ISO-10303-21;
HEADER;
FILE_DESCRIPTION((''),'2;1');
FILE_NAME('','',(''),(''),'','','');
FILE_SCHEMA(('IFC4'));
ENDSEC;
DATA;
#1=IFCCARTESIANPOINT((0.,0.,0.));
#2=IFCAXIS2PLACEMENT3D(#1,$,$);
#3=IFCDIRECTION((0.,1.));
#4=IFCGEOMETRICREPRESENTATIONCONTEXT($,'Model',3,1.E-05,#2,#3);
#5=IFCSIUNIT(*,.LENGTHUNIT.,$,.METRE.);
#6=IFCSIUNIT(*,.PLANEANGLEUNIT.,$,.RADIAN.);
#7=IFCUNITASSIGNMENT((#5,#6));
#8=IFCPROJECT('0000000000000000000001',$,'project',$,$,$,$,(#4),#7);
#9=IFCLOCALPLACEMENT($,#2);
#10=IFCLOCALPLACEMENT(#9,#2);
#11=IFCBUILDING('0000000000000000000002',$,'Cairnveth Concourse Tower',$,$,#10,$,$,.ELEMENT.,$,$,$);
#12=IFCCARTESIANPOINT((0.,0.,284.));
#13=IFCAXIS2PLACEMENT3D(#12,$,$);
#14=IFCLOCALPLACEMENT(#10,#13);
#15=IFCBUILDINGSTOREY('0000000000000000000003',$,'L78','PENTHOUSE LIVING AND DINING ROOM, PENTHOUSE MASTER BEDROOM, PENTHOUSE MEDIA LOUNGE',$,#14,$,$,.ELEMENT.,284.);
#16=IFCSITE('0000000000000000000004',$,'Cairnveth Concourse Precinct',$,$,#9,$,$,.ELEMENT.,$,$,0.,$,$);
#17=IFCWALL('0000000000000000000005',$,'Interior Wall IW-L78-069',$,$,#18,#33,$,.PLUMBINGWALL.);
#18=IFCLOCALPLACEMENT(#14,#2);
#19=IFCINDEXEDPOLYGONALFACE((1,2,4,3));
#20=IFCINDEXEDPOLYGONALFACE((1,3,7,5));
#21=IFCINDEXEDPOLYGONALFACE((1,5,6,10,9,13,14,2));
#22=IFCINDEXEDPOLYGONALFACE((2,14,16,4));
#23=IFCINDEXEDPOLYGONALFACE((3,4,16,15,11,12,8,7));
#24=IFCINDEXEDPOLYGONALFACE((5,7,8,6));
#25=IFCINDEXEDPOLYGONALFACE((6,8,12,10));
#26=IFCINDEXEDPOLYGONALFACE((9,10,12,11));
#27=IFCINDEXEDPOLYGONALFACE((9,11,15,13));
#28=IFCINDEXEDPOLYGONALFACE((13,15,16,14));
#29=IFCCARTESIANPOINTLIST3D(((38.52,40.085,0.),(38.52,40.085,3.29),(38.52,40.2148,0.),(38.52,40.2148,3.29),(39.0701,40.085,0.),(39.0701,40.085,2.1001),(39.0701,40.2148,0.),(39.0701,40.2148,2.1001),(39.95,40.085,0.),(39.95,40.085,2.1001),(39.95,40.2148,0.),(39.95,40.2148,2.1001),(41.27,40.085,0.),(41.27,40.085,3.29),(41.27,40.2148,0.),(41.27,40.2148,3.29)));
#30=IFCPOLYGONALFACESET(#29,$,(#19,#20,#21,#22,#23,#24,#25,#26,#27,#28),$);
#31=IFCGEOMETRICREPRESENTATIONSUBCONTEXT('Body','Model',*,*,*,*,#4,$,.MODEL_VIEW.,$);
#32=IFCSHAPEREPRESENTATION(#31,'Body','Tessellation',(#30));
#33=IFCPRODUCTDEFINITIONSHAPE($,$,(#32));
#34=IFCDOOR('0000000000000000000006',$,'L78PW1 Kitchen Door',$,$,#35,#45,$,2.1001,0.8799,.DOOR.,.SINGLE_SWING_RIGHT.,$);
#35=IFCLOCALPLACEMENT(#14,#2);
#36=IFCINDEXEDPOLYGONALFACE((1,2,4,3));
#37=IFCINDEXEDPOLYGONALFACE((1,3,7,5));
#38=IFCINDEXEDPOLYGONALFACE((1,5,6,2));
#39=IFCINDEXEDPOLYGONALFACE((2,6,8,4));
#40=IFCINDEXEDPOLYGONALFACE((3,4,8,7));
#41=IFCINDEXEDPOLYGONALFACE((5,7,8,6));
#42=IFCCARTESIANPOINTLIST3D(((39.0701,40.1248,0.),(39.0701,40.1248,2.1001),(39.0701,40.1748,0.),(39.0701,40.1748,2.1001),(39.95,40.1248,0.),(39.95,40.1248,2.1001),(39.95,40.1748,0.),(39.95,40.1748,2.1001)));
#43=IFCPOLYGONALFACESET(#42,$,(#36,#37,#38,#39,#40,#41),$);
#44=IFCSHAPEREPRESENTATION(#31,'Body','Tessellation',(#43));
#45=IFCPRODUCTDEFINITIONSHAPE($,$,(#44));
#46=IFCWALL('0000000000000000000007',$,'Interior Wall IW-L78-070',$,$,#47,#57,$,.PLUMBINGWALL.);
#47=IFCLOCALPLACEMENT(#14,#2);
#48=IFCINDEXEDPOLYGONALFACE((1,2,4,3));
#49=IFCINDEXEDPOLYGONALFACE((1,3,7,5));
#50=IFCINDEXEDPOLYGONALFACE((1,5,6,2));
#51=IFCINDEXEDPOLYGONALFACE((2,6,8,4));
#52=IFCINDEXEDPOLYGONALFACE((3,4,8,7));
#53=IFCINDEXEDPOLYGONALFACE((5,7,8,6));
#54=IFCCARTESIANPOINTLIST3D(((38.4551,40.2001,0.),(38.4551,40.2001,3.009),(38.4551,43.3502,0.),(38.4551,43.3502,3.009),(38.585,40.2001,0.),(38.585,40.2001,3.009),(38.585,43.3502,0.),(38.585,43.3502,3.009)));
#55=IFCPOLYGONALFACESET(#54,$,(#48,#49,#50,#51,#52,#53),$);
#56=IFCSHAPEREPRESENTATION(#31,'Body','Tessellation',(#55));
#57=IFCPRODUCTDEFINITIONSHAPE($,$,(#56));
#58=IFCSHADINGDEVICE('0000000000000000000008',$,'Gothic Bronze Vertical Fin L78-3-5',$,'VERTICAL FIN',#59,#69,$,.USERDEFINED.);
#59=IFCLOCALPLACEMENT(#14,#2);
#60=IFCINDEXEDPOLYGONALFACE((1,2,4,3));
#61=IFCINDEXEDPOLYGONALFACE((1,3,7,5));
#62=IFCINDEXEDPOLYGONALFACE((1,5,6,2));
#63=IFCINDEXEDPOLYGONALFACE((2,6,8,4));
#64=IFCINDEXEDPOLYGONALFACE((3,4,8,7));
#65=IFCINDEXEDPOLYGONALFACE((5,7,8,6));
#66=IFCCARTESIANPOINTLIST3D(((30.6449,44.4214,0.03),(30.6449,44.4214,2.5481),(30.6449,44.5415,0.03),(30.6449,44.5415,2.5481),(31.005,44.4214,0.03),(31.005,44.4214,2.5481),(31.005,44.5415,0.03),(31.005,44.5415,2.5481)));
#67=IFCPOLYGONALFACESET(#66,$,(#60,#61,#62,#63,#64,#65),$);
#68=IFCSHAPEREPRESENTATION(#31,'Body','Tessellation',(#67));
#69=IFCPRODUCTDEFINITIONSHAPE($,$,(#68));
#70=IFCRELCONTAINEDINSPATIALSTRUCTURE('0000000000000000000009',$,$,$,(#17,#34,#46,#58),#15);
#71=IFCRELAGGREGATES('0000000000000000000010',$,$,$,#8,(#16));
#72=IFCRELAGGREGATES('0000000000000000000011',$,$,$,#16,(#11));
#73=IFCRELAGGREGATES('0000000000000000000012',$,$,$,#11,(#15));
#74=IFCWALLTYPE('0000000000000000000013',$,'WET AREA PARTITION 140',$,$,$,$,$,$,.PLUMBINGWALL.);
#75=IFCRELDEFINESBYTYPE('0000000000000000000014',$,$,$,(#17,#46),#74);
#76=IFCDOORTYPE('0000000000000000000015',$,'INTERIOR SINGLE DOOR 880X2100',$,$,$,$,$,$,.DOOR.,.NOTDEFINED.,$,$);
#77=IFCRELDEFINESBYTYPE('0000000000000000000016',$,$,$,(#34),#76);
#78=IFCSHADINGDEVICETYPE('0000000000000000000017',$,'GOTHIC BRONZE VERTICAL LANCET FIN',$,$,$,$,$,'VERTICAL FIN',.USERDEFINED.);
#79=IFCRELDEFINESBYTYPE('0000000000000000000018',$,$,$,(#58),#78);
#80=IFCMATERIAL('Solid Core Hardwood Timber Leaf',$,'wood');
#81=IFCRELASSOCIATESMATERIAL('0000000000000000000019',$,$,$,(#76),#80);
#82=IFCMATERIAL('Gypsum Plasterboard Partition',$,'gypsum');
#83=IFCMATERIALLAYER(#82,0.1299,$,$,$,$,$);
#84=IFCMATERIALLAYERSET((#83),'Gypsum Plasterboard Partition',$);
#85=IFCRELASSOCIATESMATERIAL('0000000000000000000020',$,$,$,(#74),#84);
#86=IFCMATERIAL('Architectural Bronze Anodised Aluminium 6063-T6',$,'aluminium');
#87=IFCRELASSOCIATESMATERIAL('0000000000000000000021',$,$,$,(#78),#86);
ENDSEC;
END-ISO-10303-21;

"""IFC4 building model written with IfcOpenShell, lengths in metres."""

from ifc_helpers import new_model, si_unit, direction, frame, frame_2d, origin, origin_2d, place, context, subcontext, project, spatial, rectangle, extrude, material, layer, layer_set, type_object, element, fill, save


model = new_model("IFC4")

# Units and contexts
model_context = context("Model", 3, precision=1e-05, world=origin(), true_north=direction((0.0, 1.0)))
body_context = subcontext(model_context, "Body", "Model", "MODEL_VIEW")
ifc_project = project(units=[si_unit("LENGTHUNIT", "METRE"), si_unit("PLANEANGLEUNIT", "RADIAN")], contexts=[model_context])

# Site, building, storey
site_placement = place(None, origin())
site = spatial("IfcSite", under=ifc_project, at=site_placement, Name="Cairnveth Concourse Precinct", CompositionType="ELEMENT", RefElevation=0.0)
building_placement = place(site_placement, origin())
building = spatial("IfcBuilding", under=site, at=building_placement, Name="Cairnveth Concourse Tower", CompositionType="ELEMENT")
storey_placement = place(building_placement, frame((0.0, 0.0, 284.0)))
storey = spatial("IfcBuildingStorey", under=building, at=storey_placement, Name="L78", Description="PENTHOUSE LIVING AND DINING ROOM, PENTHOUSE MASTER BEDROOM, PENTHOUSE MEDIA LOUNGE", CompositionType="ELEMENT", Elevation=284.0)

# Shared definitions
ifc_material_1 = material(Name="Gypsum Plasterboard Partition", Category="gypsum")
ifc_material_2 = material(Name="Solid Core Hardwood Timber Leaf", Category="wood")
door_type_1 = type_object("IfcDoorType", Name="INTERIOR SINGLE DOOR 880X2100", OperationType="NOTDEFINED", PredefinedType="DOOR", material=ifc_material_2)
ifc_layer_1 = layer(ifc_material_1, 0.1299)
ifc_layer_set_1 = layer_set([ifc_layer_1], Name="Gypsum Plasterboard Partition")
wall_type_1 = type_object("IfcWallType", Name="WET AREA PARTITION 140", PredefinedType="PLUMBINGWALL", material=ifc_layer_set_1)

# Wall, opening, door
wall_1_placement = place(storey_placement, frame((38.52, 40.1499, 0.0), z_axis=(0.0, 0.0, 1.0), x_axis=(1.0, 0.0, 0.0)))
wall_1 = element("IfcWall", 1, at=wall_1_placement, inside=storey, type_object=wall_type_1, Name="Interior Wall IW-L78-069", PredefinedType="PLUMBINGWALL", context=body_context, shape_type="SweptSolid", body=[
    extrude(rectangle(XDim=2.75, YDim=0.1299, at=frame_2d((1.375, 0.0))), origin(), (0.0, 0.0, 1.0), 3.29),
])
opening_1_placement = place(wall_1_placement, frame((0.55, 0.0, 0.0)))
opening_1 = element("IfcOpeningElement", 2, at=opening_1_placement, cuts=wall_1, PredefinedType="OPENING", context=body_context, shape_type="SweptSolid", body=[
    extrude(rectangle(XDim=0.8799, YDim=2.1001, at=frame_2d((0.4399, 1.05))), frame((0.0, 0.075, 0.0), z_axis=(0.0, -1.0, 0.0), x_axis=(1.0, 0.0, 0.0)), (0.0, 0.0, 1.0), 0.1499),
])
door_1_placement = place(opening_1_placement, origin())
door_1 = element("IfcDoor", 3, at=door_1_placement, inside=storey, type_object=door_type_1, Name="L78PW1 Kitchen Door", OperationType="SINGLE_SWING_RIGHT", OverallHeight=2.1001, OverallWidth=0.8799, PredefinedType="DOOR", context=body_context, shape_type="SweptSolid", body=[
    extrude(rectangle(XDim=0.8799, YDim=2.1001, at=frame_2d((0.4399, 1.05))), frame((0.0, 0.0249, 0.0), z_axis=(0.0, -1.0, 0.0), x_axis=(1.0, 0.0, 0.0)), (0.0, 0.0, 1.0), 0.05),
])
fill(opening_1, door_1)

# Wall
wall_2_placement = place(storey_placement, frame((38.52, 40.2, 0.0), z_axis=(0.0, 0.0, 1.0), x_axis=(0.0, 1.0, 0.0)))
element("IfcWall", 4, at=wall_2_placement, inside=storey, type_object=wall_type_1, Name="Interior Wall IW-L78-070", PredefinedType="PLUMBINGWALL", context=body_context, shape_type="SweptSolid", body=[
    extrude(rectangle(XDim=3.1501, YDim=0.1299, at=frame_2d((1.5752, 0.0))), origin(), (0.0, 0.0, 1.0), 3.009),
])

# Shading device
ifc_material_3 = material(Name="Architectural Bronze Anodised Aluminium 6063-T6", Category="aluminium")
shading_device_type = type_object("IfcShadingDeviceType", Name="GOTHIC BRONZE VERTICAL LANCET FIN", ElementType="VERTICAL FIN", PredefinedType="USERDEFINED", material=ifc_material_3)
shading_device_placement = place(storey_placement, frame((30.825, 44.4814, 0.03), z_axis=(0.0, 0.0, 1.0), x_axis=(0.0, 1.0, 0.0)))
element("IfcShadingDevice", 5, at=shading_device_placement, inside=storey, type_object=shading_device_type, Name="Gothic Bronze Vertical Fin L78-3-5", ObjectType="VERTICAL FIN", PredefinedType="USERDEFINED", context=body_context, shape_type="SweptSolid", body=[
    extrude(rectangle(XDim=0.1201, YDim=0.3601, at=origin_2d()), origin(), (0.0, 0.0, 1.0), 2.5181),
])

save(model, "model.ifc")
